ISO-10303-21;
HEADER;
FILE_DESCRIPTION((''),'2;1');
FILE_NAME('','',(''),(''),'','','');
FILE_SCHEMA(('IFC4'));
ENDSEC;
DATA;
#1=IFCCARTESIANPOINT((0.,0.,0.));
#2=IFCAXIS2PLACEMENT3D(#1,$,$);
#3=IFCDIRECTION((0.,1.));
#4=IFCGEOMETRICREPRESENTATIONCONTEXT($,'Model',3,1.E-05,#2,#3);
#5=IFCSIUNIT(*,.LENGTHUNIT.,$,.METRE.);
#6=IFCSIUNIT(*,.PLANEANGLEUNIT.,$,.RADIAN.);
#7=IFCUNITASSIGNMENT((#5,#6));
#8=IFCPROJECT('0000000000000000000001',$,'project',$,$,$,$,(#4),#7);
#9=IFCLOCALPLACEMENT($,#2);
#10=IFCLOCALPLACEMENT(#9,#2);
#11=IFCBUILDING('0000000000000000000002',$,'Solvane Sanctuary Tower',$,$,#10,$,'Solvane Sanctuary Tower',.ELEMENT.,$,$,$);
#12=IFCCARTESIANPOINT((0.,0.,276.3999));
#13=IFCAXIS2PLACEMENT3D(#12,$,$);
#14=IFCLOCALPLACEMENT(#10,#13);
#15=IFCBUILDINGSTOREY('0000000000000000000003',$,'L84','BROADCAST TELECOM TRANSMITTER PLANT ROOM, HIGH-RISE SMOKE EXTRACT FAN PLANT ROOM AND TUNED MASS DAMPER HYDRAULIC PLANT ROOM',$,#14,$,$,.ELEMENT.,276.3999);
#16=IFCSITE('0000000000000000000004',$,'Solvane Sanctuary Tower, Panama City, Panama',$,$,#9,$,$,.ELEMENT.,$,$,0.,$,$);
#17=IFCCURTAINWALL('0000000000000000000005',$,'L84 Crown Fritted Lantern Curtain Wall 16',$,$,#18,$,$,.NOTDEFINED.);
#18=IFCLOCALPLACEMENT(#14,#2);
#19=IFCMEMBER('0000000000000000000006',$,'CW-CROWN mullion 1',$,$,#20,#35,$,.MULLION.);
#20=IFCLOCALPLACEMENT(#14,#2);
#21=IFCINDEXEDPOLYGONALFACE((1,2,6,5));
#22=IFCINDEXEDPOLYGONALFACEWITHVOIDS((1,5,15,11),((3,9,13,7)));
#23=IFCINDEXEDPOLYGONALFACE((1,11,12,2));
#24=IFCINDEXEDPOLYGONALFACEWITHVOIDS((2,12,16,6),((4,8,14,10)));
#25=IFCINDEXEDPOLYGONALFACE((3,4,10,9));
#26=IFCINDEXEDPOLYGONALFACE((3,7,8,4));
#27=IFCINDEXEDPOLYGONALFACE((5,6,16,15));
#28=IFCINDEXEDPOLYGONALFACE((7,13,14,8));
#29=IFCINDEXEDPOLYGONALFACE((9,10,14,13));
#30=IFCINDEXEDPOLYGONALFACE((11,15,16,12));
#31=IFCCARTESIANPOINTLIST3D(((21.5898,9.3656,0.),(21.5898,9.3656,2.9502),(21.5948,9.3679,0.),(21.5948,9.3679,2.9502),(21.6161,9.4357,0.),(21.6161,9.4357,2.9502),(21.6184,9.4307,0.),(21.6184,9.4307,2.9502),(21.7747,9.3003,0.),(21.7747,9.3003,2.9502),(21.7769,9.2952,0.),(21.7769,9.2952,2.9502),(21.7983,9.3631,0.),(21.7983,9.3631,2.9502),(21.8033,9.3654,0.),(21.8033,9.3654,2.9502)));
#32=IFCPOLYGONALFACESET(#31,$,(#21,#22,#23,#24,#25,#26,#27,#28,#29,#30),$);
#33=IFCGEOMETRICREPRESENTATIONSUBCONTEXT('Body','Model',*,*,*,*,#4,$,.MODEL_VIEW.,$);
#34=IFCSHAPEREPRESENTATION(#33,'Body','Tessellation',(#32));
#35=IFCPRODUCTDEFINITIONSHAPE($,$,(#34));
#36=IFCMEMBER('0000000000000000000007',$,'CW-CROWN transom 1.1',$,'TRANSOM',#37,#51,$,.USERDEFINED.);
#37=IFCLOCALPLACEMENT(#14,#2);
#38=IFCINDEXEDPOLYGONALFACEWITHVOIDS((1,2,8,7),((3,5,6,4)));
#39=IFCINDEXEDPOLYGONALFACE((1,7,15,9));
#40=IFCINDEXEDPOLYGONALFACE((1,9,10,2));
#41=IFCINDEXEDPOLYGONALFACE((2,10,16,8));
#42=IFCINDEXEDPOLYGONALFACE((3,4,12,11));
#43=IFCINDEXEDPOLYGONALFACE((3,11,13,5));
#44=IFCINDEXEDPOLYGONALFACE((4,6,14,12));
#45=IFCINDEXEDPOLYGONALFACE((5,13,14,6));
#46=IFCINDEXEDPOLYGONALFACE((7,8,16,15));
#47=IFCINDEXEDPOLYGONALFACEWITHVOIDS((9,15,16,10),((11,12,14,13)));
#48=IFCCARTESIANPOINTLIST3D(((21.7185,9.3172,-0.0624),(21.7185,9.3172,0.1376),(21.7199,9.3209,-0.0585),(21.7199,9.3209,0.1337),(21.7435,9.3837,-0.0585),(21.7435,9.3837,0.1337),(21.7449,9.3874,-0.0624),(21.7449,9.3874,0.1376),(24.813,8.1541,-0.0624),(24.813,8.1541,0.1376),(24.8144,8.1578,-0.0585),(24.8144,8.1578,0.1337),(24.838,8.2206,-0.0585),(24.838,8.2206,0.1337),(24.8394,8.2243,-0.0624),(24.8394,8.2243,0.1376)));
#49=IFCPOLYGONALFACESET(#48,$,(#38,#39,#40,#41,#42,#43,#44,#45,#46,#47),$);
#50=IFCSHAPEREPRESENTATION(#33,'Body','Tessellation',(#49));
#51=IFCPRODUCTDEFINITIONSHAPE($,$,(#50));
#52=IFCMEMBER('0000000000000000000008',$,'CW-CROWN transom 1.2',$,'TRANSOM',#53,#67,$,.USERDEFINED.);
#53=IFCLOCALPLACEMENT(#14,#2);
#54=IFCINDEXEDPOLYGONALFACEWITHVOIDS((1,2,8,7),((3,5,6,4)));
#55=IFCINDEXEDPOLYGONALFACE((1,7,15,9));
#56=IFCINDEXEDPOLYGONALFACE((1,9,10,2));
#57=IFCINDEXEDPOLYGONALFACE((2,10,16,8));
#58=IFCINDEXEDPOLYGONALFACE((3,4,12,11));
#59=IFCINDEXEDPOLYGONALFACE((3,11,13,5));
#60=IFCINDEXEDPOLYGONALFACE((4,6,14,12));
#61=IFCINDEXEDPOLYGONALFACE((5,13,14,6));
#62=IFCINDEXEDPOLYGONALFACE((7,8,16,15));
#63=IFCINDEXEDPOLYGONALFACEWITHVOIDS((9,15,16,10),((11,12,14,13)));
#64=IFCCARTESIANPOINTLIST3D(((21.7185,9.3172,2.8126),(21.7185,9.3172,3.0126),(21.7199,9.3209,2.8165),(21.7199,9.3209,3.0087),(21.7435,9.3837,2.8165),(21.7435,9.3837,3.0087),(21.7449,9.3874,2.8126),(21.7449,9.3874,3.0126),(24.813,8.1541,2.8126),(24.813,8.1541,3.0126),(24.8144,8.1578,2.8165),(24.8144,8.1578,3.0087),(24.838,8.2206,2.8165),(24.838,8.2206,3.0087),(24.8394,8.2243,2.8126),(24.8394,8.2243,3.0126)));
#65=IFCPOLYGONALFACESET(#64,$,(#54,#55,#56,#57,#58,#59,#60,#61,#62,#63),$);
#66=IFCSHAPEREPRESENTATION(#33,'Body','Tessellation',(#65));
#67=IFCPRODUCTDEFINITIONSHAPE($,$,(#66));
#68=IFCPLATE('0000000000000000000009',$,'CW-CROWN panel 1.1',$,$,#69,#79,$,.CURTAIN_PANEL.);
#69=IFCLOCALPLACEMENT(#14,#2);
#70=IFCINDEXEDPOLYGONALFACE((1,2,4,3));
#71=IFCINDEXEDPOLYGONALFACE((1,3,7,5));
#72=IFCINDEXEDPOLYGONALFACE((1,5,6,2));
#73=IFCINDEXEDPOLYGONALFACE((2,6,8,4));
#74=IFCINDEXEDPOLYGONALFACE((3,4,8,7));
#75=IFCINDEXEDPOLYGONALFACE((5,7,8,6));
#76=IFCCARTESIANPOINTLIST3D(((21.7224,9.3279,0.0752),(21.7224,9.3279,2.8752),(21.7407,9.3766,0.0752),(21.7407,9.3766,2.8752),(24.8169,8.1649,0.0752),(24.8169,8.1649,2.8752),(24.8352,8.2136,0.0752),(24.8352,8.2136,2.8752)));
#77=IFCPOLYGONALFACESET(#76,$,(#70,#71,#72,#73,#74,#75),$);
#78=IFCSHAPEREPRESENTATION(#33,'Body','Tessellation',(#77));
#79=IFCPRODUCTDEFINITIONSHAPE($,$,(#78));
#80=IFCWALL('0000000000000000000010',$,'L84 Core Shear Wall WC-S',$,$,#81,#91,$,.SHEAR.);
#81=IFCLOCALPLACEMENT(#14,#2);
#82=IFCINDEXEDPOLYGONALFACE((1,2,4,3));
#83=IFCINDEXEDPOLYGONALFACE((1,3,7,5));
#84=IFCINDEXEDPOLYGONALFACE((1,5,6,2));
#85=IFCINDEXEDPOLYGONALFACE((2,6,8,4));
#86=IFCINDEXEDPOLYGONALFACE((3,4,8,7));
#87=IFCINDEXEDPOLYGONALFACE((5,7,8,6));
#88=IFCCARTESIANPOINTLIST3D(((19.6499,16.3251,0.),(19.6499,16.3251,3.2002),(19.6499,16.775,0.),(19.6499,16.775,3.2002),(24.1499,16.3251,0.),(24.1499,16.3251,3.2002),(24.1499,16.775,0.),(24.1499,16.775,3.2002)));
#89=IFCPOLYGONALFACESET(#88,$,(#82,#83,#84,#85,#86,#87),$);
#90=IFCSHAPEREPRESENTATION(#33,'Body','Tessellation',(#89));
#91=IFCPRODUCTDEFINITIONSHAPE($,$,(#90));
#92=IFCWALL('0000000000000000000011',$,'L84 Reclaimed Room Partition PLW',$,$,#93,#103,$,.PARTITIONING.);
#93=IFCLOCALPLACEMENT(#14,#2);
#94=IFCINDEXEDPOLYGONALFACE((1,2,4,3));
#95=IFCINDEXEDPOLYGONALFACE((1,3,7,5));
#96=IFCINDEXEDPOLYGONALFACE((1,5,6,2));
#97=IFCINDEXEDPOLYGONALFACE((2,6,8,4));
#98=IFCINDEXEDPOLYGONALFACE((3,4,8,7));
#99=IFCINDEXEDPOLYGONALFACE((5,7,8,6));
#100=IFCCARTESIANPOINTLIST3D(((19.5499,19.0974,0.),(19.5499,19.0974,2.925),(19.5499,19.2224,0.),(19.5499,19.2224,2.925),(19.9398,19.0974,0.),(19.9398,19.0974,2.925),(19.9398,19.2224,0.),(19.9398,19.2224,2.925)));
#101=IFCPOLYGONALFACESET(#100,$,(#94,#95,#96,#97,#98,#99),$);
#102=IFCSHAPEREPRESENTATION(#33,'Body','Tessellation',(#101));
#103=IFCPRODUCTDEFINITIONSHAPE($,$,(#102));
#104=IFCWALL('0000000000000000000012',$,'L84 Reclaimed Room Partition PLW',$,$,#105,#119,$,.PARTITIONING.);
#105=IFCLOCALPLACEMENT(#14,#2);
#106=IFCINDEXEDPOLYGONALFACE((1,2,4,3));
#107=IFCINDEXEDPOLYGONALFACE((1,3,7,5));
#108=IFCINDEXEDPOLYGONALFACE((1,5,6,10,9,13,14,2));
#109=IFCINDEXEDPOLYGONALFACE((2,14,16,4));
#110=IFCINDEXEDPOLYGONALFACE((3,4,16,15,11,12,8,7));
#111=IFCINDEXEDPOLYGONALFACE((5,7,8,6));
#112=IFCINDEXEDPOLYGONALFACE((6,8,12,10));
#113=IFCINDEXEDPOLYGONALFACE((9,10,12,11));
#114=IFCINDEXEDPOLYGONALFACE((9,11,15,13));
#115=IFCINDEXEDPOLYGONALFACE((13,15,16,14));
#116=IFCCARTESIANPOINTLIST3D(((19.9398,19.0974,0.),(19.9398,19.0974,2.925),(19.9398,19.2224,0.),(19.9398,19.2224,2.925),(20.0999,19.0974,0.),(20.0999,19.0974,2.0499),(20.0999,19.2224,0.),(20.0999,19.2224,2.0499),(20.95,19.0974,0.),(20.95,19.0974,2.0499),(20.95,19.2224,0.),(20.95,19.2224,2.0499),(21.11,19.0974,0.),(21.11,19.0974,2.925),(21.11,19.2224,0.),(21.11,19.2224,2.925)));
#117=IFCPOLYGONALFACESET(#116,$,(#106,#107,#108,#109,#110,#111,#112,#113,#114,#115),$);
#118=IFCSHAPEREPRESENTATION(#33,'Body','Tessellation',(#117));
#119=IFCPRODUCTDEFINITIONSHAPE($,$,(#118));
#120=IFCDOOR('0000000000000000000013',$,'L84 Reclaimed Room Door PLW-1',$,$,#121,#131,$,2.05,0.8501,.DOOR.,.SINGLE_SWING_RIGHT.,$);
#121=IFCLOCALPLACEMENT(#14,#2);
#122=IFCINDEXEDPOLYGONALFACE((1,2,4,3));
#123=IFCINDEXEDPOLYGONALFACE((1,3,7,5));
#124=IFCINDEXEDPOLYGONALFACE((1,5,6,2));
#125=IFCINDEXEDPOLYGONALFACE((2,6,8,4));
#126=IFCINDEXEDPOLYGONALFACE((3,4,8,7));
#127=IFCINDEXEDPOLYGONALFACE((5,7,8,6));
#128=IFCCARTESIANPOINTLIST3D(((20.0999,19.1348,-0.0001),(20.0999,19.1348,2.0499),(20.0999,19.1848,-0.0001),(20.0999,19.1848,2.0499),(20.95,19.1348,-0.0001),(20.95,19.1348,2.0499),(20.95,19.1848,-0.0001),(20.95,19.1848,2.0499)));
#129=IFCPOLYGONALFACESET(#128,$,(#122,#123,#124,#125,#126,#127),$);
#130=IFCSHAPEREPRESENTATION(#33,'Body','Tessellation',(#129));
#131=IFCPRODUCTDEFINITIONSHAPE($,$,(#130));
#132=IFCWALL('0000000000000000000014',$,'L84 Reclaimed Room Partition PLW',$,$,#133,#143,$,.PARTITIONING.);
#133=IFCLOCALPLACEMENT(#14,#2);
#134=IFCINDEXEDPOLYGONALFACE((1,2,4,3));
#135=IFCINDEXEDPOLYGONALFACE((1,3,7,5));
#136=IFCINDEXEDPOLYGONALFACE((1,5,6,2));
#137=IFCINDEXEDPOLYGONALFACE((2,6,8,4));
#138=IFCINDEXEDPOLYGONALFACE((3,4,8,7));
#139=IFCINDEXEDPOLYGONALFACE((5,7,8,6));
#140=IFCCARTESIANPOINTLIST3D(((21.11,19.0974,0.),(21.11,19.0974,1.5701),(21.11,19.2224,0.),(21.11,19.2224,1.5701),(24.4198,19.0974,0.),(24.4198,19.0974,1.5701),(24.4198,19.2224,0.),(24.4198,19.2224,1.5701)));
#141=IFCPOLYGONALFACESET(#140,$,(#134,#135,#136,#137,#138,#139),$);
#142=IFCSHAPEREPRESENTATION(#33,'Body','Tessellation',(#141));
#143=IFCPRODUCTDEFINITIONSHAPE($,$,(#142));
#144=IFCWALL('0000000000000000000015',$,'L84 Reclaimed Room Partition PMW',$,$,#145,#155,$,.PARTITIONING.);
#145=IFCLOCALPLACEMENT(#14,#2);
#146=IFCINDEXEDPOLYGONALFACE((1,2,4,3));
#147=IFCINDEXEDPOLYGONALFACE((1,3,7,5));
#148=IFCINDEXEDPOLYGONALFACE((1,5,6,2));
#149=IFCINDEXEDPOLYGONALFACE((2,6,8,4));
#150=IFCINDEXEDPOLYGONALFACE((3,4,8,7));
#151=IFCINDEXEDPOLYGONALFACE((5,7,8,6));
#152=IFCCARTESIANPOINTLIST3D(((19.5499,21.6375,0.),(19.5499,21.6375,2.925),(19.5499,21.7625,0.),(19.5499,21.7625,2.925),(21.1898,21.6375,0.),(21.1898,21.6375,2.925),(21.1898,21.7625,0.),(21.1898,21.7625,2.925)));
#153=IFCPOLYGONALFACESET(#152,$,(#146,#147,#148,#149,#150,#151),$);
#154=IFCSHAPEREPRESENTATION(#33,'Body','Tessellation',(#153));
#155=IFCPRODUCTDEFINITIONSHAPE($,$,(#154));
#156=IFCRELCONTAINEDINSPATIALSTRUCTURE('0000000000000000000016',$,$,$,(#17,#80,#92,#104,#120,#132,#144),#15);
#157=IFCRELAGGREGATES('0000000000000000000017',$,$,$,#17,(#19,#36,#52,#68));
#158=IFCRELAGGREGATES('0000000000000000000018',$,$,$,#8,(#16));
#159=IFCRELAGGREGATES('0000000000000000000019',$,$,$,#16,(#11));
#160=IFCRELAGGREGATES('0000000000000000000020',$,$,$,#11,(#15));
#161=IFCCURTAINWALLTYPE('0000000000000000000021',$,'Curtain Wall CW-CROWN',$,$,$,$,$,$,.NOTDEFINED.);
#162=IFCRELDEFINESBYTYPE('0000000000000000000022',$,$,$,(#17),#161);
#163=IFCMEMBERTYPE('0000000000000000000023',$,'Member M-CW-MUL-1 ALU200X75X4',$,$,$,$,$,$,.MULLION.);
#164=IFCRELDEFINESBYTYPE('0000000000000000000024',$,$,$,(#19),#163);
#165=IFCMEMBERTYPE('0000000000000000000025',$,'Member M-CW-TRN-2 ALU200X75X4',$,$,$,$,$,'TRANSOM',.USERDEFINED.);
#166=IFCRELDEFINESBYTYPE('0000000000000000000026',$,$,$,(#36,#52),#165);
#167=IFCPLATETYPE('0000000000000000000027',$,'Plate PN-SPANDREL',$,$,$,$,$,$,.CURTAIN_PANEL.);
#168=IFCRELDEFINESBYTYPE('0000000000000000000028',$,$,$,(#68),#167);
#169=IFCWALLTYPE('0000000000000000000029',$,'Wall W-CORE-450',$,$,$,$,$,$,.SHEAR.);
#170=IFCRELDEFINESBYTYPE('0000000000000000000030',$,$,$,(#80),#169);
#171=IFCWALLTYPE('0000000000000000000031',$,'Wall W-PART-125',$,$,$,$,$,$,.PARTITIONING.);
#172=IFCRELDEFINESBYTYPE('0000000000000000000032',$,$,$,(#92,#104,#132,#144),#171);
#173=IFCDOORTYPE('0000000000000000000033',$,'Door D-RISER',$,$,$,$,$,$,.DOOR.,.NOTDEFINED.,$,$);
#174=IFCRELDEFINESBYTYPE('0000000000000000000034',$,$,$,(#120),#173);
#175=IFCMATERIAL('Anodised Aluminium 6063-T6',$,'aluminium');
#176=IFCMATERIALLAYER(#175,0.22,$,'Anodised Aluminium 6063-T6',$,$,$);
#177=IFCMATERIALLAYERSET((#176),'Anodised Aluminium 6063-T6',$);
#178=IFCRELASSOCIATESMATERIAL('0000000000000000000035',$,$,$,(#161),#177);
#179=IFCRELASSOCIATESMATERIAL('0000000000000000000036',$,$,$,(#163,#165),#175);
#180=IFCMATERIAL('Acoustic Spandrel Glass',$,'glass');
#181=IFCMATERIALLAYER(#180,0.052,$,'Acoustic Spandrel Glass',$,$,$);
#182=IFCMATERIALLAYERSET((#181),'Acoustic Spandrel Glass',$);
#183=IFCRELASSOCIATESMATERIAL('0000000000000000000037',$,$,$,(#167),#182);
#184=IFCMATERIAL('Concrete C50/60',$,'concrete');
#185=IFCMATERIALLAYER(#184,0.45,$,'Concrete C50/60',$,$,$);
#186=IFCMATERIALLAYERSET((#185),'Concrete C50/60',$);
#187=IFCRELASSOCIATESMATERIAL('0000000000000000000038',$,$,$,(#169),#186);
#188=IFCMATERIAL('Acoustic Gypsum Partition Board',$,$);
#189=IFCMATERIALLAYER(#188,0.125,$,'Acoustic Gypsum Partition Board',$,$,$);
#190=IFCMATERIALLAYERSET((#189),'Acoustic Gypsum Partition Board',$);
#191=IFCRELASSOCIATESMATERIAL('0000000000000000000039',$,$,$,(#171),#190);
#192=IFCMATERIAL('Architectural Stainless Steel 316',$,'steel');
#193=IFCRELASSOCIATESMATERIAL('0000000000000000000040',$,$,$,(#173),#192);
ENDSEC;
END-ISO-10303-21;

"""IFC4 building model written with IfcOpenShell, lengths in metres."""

from ifc_helpers import new_model, si_unit, direction, frame, frame_2d, origin, origin_2d, place, context, subcontext, project, spatial, rectangle, hollow_rectangle, extrude, material, layer, layer_set, material_profile, profile_set, type_object, element, fill, aggregate, save


model = new_model("IFC4")

# Units and contexts
model_context = context("Model", 3, precision=1e-05, world=origin(), true_north=direction((0.0, 1.0)))
body_context = subcontext(model_context, "Body", "Model", "MODEL_VIEW")
ifc_project = project(units=[si_unit("LENGTHUNIT", "METRE"), si_unit("PLANEANGLEUNIT", "RADIAN")], contexts=[model_context])

# Site, building, storey
site_placement = place(None, origin())
site = spatial("IfcSite", under=ifc_project, at=site_placement, Name="Solvane Sanctuary Tower, Panama City, Panama", CompositionType="ELEMENT", RefElevation=0.0)
building_placement = place(site_placement, origin())
building = spatial("IfcBuilding", under=site, at=building_placement, Name="Solvane Sanctuary Tower", LongName="Solvane Sanctuary Tower", CompositionType="ELEMENT")
storey_placement = place(building_placement, frame((0.0, 0.0, 276.3999)))
storey = spatial("IfcBuildingStorey", under=building, at=storey_placement, Name="L84", Description="BROADCAST TELECOM TRANSMITTER PLANT ROOM, HIGH-RISE SMOKE EXTRACT FAN PLANT ROOM AND TUNED MASS DAMPER HYDRAULIC PLANT ROOM", CompositionType="ELEMENT", Elevation=276.3999)

# Curtain wall, members, plate
ifc_material_1 = material(Name="Anodised Aluminium 6063-T6", Category="aluminium")
ifc_layer_1 = layer(ifc_material_1, 0.22, Name="Anodised Aluminium 6063-T6")
ifc_layer_set_1 = layer_set([ifc_layer_1], Name="Anodised Aluminium 6063-T6")
curtain_wall_type = type_object("IfcCurtainWallType", Name="Curtain Wall CW-CROWN", PredefinedType="NOTDEFINED", material=ifc_layer_set_1)
curtain_wall_placement = place(storey_placement, origin())
curtain_wall = element("IfcCurtainWall", 1, at=curtain_wall_placement, inside=storey, type_object=curtain_wall_type, Name="L84 Crown Fritted Lantern Curtain Wall 16", PredefinedType="NOTDEFINED")
ifc_material_profile_1 = material_profile(ifc_material_1, hollow_rectangle(XDim=0.075, YDim=0.2, WallThickness=0.0039, at=origin_2d()), Name="ALU200X75X4")
ifc_profile_set_1 = profile_set([ifc_material_profile_1], Name="Anodised Aluminium 6063-T6")
member_type_1 = type_object("IfcMemberType", Name="Member M-CW-MUL-1 ALU200X75X4", PredefinedType="MULLION", material=ifc_profile_set_1)
member_1_placement = place(storey_placement, frame((21.6965, 9.3655, 0.0), z_axis=(0.0, 0.0, 1.0), x_axis=(0.351811, 0.936071, 0.0)))
member_1 = element("IfcMember", 2, at=member_1_placement, type_object=member_type_1, Name="CW-CROWN mullion 1", PredefinedType="MULLION", context=body_context, shape_type="SweptSolid", body=[
    extrude(hollow_rectangle(XDim=0.075, YDim=0.2, WallThickness=0.0039, at=origin_2d()), origin(), (0.0, 0.0, 1.0), 2.9502),
])
ifc_material_profile_2 = material_profile(ifc_material_1, hollow_rectangle(XDim=0.075, YDim=0.2, WallThickness=0.0039, at=origin_2d()), Name="ALU200X75X4")
ifc_profile_set_2 = profile_set([ifc_material_profile_2], Name="Anodised Aluminium 6063-T6")
member_type_2 = type_object("IfcMemberType", Name="Member M-CW-TRN-2 ALU200X75X4", ElementType="TRANSOM", PredefinedType="USERDEFINED", material=ifc_profile_set_2)
member_2_placement = place(storey_placement, frame((21.7317, 9.3523, 0.0376), z_axis=(0.936065, -0.351827, 0.0), x_axis=(0.351827, 0.936065, 0.0)))
member_2 = element("IfcMember", 3, at=member_2_placement, type_object=member_type_2, Name="CW-CROWN transom 1.1", ObjectType="TRANSOM", PredefinedType="USERDEFINED", context=body_context, shape_type="SweptSolid", body=[
    extrude(hollow_rectangle(XDim=0.075, YDim=0.2, WallThickness=0.0039, at=origin_2d()), origin(), (0.0, 0.0, 1.0), 3.3059),
])
member_3_placement = place(storey_placement, frame((21.7317, 9.3523, 2.9126), z_axis=(0.936065, -0.351827, 0.0), x_axis=(0.351827, 0.936065, 0.0)))
member_3 = element("IfcMember", 4, at=member_3_placement, type_object=member_type_2, Name="CW-CROWN transom 1.2", ObjectType="TRANSOM", PredefinedType="USERDEFINED", context=body_context, shape_type="SweptSolid", body=[
    extrude(hollow_rectangle(XDim=0.075, YDim=0.2, WallThickness=0.0039, at=origin_2d()), origin(), (0.0, 0.0, 1.0), 3.3059),
])
ifc_material_2 = material(Name="Acoustic Spandrel Glass", Category="glass")
ifc_layer_2 = layer(ifc_material_2, 0.052, Name="Acoustic Spandrel Glass")
ifc_layer_set_2 = layer_set([ifc_layer_2], Name="Acoustic Spandrel Glass")
plate_type = type_object("IfcPlateType", Name="Plate PN-SPANDREL", PredefinedType="CURTAIN_PANEL", material=ifc_layer_set_2)
plate_placement = place(storey_placement, frame((23.2788, 8.7708, 0.0752), z_axis=(0.0, 0.0, 1.0), x_axis=(0.936071, -0.351811, 0.0)))
plate = element("IfcPlate", 5, at=plate_placement, type_object=plate_type, Name="CW-CROWN panel 1.1", PredefinedType="CURTAIN_PANEL", context=body_context, shape_type="SweptSolid", body=[
    extrude(rectangle(XDim=3.3059, YDim=0.052, at=origin_2d()), origin(), (0.0, 0.0, 1.0), 2.8),
])
aggregate(curtain_wall, [member_1, member_2, member_3, plate])

# Walls
ifc_material_3 = material(Name="Concrete C50/60", Category="concrete")
ifc_layer_3 = layer(ifc_material_3, 0.45, Name="Concrete C50/60")
ifc_layer_set_3 = layer_set([ifc_layer_3], Name="Concrete C50/60")
wall_type_1 = type_object("IfcWallType", Name="Wall W-CORE-450", PredefinedType="SHEAR", material=ifc_layer_set_3)
wall_1_placement = place(storey_placement, frame((19.6499, 16.55, 0.0), z_axis=(0.0, 0.0, 1.0), x_axis=(1.0, 0.0, 0.0)))
element("IfcWall", 6, at=wall_1_placement, inside=storey, type_object=wall_type_1, Name="L84 Core Shear Wall WC-S", PredefinedType="SHEAR", context=body_context, shape_type="SweptSolid", body=[
    extrude(rectangle(XDim=4.5, YDim=0.45, at=frame_2d((2.25, 0.0))), origin(), (0.0, 0.0, 1.0), 3.2002),
])
ifc_material_4 = material(Name="Acoustic Gypsum Partition Board")
ifc_layer_4 = layer(ifc_material_4, 0.125, Name="Acoustic Gypsum Partition Board")
ifc_layer_set_4 = layer_set([ifc_layer_4], Name="Acoustic Gypsum Partition Board")
wall_type_2 = type_object("IfcWallType", Name="Wall W-PART-125", PredefinedType="PARTITIONING", material=ifc_layer_set_4)
wall_2_placement = place(storey_placement, frame((19.55, 19.1599, 0.0), z_axis=(0.0, 0.0, 1.0), x_axis=(1.0, 0.0, 0.0)))
element("IfcWall", 7, at=wall_2_placement, inside=storey, type_object=wall_type_2, Name="L84 Reclaimed Room Partition PLW", PredefinedType="PARTITIONING", context=body_context, shape_type="SweptSolid", body=[
    extrude(rectangle(XDim=0.3899, YDim=0.125, at=frame_2d((0.1948, 0.0))), origin(), (0.0, 0.0, 1.0), 2.925),
])

# Wall, opening, door
wall_3_placement = place(storey_placement, frame((19.9399, 19.1599, 0.0), z_axis=(0.0, 0.0, 1.0), x_axis=(1.0, 0.0, 0.0)))
wall_3 = element("IfcWall", 8, at=wall_3_placement, inside=storey, type_object=wall_type_2, Name="L84 Reclaimed Room Partition PLW", PredefinedType="PARTITIONING", context=body_context, shape_type="SweptSolid", body=[
    extrude(rectangle(XDim=1.1702, YDim=0.125, at=frame_2d((0.585, 0.0))), origin(), (0.0, 0.0, 1.0), 2.925),
])
opening_1_placement = place(wall_3_placement, frame((0.1599, 0.0, 0.0)))
opening_1 = element("IfcOpeningElement", 9, at=opening_1_placement, cuts=wall_3, PredefinedType="OPENING", context=body_context, shape_type="SweptSolid", body=[
    extrude(rectangle(XDim=0.8501, YDim=2.05, at=frame_2d((0.425, 1.0249))), frame((0.0, 0.0725, 0.0), z_axis=(0.0, -1.0, 0.0), x_axis=(1.0, 0.0, 0.0)), (0.0, 0.0, 1.0), 0.145),
])
ifc_material_5 = material(Name="Architectural Stainless Steel 316", Category="steel")
door_type = type_object("IfcDoorType", Name="Door D-RISER", OperationType="NOTDEFINED", PredefinedType="DOOR", material=ifc_material_5)
door_1_placement = place(opening_1_placement, origin())
door_1 = element("IfcDoor", 10, at=door_1_placement, inside=storey, type_object=door_type, Name="L84 Reclaimed Room Door PLW-1", OperationType="SINGLE_SWING_RIGHT", OverallHeight=2.05, OverallWidth=0.8501, PredefinedType="DOOR", context=body_context, shape_type="SweptSolid", body=[
    extrude(rectangle(XDim=0.8501, YDim=2.05, at=frame_2d((0.425, 1.0249))), frame((0.0, 0.0249, 0.0), z_axis=(0.0, -1.0, 0.0), x_axis=(1.0, 0.0, 0.0)), (0.0, 0.0, 1.0), 0.05),
])
fill(opening_1, door_1)

# Walls
wall_4_placement = place(storey_placement, frame((21.1101, 19.1599, 0.0), z_axis=(0.0, 0.0, 1.0), x_axis=(1.0, 0.0, 0.0)))
element("IfcWall", 11, at=wall_4_placement, inside=storey, type_object=wall_type_2, Name="L84 Reclaimed Room Partition PLW", PredefinedType="PARTITIONING", context=body_context, shape_type="SweptSolid", body=[
    extrude(rectangle(XDim=3.3098, YDim=0.125, at=frame_2d((1.6548, 0.0))), origin(), (0.0, 0.0, 1.0), 1.5701),
])
wall_5_placement = place(storey_placement, frame((19.55, 21.7, 0.0), z_axis=(0.0, 0.0, 1.0), x_axis=(1.0, 0.0, 0.0)))
element("IfcWall", 12, at=wall_5_placement, inside=storey, type_object=wall_type_2, Name="L84 Reclaimed Room Partition PMW", PredefinedType="PARTITIONING", context=body_context, shape_type="SweptSolid", body=[
    extrude(rectangle(XDim=1.6399, YDim=0.125, at=frame_2d((0.8198, 0.0))), origin(), (0.0, 0.0, 1.0), 2.925),
])

save(model, "model.ifc")
